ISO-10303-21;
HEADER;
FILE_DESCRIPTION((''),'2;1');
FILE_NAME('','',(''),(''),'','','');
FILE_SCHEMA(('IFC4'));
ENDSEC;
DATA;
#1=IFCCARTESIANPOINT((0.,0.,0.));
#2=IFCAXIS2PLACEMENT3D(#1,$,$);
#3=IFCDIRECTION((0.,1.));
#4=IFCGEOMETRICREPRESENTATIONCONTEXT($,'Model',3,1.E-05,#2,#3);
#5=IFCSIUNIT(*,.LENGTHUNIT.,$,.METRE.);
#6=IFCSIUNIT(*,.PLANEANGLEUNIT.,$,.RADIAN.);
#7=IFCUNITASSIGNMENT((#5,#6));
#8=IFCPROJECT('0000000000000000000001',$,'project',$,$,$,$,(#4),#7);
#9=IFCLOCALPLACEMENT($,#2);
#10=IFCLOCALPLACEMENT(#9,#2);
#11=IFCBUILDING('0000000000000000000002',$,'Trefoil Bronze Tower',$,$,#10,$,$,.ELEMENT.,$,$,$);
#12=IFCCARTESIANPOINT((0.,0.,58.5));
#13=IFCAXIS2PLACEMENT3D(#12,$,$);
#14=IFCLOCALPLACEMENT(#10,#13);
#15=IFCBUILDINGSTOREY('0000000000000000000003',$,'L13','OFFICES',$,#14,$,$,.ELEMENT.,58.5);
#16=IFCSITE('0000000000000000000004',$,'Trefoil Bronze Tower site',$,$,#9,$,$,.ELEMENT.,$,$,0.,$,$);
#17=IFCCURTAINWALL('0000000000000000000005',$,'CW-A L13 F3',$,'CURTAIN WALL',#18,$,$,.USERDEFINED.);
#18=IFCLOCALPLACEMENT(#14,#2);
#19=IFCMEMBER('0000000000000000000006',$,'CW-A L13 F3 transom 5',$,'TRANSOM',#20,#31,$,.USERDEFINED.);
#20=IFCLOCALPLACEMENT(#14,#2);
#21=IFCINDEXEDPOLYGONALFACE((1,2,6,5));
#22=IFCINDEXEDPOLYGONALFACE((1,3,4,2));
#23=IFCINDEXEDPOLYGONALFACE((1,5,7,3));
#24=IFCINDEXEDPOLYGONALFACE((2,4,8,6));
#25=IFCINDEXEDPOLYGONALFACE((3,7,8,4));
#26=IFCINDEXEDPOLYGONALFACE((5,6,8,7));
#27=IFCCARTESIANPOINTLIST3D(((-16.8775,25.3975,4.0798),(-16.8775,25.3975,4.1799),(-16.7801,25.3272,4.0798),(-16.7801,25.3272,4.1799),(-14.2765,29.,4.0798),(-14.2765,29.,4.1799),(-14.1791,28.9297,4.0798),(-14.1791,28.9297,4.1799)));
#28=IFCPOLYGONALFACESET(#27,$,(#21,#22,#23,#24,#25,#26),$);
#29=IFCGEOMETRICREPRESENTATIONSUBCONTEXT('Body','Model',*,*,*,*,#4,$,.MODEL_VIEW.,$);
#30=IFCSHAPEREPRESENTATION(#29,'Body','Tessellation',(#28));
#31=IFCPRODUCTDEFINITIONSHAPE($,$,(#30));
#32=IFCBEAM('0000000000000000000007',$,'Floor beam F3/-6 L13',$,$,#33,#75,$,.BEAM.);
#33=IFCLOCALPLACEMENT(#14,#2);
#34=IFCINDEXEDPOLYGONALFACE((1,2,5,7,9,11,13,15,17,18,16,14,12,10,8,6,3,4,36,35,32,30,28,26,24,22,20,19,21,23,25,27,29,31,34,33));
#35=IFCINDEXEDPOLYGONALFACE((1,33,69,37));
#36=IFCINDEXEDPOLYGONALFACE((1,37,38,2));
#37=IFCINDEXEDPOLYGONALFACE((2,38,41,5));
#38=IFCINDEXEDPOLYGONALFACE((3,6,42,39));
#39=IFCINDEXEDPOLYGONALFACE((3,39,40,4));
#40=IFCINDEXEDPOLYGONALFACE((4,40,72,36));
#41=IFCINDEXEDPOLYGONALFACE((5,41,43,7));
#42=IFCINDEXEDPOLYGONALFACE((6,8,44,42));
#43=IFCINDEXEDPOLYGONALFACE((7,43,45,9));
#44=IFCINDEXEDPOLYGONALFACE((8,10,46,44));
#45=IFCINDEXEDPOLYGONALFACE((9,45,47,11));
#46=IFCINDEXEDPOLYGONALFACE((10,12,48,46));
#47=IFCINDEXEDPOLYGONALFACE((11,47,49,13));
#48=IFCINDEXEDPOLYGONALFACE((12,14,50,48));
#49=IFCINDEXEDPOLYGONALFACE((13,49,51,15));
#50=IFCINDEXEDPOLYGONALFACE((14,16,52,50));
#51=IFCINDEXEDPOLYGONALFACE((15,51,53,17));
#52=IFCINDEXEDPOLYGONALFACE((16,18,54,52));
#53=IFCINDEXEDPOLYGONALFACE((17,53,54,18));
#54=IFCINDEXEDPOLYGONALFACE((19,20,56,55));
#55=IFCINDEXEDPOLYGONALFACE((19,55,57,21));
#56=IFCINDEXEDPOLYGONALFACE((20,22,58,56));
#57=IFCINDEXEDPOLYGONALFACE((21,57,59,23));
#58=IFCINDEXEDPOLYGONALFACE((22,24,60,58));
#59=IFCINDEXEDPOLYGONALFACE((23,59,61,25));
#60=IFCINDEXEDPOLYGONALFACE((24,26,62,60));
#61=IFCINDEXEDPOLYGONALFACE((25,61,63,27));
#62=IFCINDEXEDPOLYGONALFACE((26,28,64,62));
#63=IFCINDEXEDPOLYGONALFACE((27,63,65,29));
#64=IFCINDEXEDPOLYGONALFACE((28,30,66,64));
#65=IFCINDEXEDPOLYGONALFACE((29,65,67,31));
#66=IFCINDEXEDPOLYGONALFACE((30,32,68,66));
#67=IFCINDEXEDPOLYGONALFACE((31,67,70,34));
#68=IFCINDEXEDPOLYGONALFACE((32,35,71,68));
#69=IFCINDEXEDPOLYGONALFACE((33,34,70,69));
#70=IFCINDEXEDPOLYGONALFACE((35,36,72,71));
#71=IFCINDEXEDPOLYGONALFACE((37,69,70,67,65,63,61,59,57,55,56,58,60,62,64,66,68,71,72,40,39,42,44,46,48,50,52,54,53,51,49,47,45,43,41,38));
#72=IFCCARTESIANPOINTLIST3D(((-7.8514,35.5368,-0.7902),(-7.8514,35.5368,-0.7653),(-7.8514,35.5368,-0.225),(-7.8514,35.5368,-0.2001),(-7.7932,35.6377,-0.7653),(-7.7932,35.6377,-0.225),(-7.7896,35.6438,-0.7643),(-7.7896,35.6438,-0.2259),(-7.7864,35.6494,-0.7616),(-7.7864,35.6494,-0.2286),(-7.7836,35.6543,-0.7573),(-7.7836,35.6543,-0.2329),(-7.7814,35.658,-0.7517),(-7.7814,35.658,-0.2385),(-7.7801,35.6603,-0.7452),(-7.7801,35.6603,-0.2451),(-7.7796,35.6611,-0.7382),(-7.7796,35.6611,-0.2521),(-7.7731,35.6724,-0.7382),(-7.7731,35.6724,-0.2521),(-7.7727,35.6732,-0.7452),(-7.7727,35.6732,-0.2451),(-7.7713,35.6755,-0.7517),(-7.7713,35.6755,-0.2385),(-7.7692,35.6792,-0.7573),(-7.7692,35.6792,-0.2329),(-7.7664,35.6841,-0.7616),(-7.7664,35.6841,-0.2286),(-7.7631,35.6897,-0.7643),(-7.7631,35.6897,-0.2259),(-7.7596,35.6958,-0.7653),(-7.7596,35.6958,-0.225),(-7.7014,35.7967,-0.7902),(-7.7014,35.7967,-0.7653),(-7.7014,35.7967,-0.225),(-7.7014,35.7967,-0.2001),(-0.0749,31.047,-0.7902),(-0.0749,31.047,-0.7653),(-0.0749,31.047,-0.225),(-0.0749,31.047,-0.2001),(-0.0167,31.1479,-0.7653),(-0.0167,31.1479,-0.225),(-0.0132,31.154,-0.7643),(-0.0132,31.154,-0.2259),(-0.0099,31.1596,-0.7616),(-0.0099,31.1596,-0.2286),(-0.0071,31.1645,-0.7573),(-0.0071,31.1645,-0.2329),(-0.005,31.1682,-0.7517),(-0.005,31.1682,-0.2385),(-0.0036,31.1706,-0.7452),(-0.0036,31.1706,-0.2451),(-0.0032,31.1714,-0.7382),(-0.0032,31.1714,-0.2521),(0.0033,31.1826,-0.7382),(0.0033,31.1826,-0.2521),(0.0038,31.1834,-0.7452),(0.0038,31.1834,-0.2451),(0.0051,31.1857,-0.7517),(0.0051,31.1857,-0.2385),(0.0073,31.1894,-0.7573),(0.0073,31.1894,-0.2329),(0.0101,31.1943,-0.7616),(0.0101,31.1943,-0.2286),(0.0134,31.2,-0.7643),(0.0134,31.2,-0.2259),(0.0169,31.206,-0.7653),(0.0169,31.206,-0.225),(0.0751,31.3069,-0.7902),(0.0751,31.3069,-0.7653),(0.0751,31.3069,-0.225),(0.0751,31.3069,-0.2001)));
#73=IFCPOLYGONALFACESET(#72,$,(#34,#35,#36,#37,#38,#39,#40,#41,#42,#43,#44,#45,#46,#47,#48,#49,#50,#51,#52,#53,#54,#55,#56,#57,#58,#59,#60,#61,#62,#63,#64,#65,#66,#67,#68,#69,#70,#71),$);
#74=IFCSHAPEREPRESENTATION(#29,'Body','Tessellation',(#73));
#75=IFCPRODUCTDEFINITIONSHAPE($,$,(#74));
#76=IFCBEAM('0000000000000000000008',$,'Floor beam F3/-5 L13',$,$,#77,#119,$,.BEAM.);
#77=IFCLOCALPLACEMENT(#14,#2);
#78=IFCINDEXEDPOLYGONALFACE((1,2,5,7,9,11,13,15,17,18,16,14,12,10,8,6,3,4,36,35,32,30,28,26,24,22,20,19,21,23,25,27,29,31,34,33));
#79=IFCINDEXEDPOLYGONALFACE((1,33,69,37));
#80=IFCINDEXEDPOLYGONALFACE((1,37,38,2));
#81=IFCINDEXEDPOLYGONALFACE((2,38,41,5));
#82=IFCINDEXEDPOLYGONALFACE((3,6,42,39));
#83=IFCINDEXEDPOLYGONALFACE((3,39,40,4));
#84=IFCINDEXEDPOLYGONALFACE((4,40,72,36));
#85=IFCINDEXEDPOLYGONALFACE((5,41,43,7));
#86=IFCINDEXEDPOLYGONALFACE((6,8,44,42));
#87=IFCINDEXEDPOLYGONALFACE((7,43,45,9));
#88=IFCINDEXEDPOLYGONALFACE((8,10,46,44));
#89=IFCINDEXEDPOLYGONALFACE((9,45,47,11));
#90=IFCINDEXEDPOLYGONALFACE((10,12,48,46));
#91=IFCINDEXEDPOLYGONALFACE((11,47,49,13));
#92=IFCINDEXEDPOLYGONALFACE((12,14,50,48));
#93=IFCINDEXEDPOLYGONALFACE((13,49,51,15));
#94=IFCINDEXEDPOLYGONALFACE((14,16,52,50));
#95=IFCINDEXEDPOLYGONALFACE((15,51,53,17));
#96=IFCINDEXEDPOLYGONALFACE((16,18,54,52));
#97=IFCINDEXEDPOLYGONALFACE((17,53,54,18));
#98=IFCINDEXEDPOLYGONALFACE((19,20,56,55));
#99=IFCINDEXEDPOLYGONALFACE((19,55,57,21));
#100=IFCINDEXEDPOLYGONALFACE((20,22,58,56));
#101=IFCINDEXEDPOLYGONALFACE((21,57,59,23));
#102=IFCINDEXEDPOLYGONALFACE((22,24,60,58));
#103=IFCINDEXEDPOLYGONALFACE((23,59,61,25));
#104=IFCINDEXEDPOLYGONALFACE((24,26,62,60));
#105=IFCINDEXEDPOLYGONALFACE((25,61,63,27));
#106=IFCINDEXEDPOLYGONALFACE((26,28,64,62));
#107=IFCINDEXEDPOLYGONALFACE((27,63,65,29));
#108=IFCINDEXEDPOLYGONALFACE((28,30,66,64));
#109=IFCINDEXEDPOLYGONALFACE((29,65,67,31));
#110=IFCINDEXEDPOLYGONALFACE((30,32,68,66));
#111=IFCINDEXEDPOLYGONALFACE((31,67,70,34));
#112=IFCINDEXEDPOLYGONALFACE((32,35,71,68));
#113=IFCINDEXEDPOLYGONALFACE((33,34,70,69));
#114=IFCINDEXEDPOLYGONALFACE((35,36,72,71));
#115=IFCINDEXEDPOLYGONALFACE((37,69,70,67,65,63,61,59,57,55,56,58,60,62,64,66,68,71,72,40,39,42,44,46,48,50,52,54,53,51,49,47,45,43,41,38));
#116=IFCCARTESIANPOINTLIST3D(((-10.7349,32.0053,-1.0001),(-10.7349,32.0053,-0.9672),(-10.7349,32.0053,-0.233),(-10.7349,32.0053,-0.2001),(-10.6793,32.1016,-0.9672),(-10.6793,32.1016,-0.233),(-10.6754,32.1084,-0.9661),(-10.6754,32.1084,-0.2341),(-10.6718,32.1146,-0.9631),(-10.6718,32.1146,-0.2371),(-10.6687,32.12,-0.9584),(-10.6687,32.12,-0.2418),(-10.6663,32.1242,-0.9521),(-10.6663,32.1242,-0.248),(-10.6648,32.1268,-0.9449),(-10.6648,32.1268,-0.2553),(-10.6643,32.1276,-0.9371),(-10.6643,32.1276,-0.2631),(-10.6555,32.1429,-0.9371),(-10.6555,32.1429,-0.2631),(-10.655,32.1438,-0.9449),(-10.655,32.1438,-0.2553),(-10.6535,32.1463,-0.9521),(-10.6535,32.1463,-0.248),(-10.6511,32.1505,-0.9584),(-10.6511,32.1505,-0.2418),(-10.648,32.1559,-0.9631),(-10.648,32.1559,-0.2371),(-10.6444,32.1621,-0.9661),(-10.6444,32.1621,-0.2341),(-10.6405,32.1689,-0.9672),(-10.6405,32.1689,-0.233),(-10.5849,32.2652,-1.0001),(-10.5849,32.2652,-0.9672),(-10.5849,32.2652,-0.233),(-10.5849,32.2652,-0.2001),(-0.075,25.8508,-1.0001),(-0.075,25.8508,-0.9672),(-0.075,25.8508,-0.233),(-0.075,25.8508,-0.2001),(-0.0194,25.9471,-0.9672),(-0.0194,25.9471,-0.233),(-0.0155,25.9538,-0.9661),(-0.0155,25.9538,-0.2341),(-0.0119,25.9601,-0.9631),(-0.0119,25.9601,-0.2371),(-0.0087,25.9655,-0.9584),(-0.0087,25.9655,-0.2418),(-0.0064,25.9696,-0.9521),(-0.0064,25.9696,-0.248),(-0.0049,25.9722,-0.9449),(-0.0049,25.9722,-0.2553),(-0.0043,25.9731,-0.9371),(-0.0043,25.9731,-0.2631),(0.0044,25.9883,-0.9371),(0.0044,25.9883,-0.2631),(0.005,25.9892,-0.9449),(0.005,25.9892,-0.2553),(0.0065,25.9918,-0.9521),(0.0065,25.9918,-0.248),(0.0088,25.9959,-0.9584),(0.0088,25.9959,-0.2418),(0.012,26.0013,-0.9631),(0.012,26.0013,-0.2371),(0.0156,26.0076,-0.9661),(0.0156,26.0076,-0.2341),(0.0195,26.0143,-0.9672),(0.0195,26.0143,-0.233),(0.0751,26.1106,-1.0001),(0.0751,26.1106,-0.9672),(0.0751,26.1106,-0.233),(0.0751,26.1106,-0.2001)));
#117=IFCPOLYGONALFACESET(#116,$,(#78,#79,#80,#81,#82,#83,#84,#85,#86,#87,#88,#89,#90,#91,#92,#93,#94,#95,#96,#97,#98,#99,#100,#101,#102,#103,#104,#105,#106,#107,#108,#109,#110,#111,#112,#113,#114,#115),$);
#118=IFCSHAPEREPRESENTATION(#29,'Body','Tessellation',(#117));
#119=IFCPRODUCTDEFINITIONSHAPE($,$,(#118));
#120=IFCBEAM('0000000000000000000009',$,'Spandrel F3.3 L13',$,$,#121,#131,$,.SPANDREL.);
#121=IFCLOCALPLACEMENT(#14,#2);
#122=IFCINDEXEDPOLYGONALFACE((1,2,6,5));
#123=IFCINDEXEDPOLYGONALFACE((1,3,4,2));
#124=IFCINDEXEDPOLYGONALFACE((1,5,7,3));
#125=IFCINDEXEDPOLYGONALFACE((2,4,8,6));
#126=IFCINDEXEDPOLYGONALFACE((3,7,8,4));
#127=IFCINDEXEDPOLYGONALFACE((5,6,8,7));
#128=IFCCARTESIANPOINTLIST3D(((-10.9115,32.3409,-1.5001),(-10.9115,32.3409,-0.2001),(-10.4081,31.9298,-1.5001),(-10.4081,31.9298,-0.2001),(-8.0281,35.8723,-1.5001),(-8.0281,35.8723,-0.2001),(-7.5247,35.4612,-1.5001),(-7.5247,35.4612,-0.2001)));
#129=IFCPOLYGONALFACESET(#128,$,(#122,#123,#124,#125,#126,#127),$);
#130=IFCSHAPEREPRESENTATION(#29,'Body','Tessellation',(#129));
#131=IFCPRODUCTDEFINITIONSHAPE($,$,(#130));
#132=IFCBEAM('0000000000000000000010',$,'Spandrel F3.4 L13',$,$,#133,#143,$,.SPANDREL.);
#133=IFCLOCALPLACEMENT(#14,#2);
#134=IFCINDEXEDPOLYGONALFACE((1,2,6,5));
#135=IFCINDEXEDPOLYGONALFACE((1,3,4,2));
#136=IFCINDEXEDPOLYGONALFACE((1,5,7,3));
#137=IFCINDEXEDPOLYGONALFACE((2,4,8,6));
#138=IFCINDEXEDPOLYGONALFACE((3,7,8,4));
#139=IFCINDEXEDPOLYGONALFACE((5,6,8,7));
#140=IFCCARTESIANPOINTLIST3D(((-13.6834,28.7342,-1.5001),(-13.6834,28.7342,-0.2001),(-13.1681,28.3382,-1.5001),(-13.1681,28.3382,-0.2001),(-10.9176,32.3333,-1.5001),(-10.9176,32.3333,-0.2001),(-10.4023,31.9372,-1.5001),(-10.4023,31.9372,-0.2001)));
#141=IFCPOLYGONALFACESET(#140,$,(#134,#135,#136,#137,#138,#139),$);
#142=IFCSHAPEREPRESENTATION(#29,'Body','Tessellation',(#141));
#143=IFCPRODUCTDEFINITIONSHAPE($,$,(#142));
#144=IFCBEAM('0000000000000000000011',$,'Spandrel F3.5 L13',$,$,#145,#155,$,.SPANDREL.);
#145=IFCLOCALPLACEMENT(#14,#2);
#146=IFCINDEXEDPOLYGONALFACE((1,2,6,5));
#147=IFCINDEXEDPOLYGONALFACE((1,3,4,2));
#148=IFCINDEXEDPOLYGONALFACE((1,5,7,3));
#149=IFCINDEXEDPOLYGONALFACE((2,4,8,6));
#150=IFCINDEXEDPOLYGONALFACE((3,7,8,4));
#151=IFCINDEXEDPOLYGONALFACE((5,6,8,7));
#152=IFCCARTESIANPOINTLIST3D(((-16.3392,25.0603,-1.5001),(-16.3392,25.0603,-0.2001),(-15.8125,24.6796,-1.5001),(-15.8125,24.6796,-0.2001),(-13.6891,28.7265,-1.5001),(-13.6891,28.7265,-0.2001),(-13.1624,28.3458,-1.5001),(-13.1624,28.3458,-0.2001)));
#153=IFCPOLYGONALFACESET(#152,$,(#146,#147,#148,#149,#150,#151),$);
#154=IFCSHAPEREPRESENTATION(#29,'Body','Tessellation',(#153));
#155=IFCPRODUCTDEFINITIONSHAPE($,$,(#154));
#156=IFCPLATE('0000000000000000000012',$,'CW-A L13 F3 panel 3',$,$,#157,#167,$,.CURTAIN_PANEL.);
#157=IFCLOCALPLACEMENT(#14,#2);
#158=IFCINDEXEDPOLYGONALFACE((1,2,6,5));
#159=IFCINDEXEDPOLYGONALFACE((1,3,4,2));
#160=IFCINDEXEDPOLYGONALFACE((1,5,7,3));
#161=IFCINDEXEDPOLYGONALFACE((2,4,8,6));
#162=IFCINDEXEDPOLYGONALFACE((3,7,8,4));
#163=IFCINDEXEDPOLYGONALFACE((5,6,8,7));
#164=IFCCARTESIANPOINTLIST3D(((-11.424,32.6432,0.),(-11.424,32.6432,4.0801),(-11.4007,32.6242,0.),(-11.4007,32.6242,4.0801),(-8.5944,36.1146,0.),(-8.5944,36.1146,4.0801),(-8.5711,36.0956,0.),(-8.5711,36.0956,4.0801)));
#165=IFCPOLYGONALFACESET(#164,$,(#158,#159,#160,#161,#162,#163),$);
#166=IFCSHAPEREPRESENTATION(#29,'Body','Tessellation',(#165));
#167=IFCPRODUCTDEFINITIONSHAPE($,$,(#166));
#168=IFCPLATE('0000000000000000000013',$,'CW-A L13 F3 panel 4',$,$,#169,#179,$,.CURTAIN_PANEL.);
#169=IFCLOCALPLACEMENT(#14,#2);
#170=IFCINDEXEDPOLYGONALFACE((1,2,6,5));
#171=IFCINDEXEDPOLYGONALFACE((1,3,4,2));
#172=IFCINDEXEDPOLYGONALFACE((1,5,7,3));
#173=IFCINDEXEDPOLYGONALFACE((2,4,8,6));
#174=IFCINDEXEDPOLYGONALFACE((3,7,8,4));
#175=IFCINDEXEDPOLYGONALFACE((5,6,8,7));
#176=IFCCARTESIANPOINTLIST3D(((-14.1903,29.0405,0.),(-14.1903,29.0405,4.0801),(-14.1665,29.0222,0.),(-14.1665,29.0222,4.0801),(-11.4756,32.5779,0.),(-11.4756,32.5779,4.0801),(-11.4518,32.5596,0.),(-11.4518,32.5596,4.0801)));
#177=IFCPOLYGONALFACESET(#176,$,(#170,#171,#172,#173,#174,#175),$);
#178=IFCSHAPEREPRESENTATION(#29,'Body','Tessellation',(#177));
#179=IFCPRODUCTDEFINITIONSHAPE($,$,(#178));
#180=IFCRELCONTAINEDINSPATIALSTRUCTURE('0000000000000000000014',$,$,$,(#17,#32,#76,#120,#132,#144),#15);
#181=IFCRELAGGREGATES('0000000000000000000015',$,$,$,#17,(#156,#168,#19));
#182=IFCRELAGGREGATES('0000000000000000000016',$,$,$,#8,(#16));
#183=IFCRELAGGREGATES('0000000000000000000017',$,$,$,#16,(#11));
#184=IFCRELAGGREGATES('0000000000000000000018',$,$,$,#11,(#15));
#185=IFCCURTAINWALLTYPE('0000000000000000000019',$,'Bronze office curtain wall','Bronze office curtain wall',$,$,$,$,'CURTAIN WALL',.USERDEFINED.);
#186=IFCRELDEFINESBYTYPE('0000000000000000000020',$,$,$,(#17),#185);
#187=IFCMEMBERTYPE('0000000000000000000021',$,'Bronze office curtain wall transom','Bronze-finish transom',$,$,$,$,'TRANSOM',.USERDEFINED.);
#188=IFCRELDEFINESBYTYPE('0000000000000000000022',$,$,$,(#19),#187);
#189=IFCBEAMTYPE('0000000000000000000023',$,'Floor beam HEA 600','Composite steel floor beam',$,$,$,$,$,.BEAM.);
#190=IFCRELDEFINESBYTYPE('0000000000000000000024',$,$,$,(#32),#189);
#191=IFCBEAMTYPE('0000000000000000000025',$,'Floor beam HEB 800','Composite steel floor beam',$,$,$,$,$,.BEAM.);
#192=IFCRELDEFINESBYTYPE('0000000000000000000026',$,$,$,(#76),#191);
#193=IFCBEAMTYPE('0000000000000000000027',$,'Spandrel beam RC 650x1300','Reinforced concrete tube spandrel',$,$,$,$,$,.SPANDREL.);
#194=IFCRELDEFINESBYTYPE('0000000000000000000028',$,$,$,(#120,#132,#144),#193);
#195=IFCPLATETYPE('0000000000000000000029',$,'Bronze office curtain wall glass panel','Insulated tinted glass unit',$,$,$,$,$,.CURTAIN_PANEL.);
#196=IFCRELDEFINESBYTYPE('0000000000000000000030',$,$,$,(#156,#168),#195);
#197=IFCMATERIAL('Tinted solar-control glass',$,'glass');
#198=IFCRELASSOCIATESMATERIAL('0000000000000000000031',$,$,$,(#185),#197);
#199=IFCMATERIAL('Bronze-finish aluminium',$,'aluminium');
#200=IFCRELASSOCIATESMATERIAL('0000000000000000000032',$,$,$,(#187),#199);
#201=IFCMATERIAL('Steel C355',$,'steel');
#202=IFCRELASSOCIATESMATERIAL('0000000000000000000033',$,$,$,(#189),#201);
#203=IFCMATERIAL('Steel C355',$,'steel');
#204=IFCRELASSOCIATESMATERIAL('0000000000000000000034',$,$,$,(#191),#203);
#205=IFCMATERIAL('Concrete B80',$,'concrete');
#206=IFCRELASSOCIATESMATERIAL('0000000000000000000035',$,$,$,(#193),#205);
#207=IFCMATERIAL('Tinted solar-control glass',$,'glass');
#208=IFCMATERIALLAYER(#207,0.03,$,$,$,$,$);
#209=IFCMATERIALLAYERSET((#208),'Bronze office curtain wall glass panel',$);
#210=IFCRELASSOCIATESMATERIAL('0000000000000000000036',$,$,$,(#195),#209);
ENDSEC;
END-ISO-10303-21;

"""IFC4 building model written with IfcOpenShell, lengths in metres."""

from ifc_helpers import new_model, si_unit, direction, frame, origin, origin_2d, place, context, subcontext, project, spatial, rectangle, i_section, extrude, material, layer, layer_set, material_profile, profile_set, type_object, element, aggregate, save


model = new_model("IFC4")

# Units and contexts
model_context = context("Model", 3, precision=1e-05, world=origin(), true_north=direction((0.0, 1.0)))
body_context = subcontext(model_context, "Body", "Model", "MODEL_VIEW")
ifc_project = project(units=[si_unit("LENGTHUNIT", "METRE"), si_unit("PLANEANGLEUNIT", "RADIAN")], contexts=[model_context])

# Site, building, storey
site_placement = place(None, origin())
site = spatial("IfcSite", under=ifc_project, at=site_placement, Name="Trefoil Bronze Tower site", CompositionType="ELEMENT", RefElevation=0.0)
building_placement = place(site_placement, origin())
building = spatial("IfcBuilding", under=site, at=building_placement, Name="Trefoil Bronze Tower", CompositionType="ELEMENT")
storey_placement = place(building_placement, frame((0.0, 0.0, 58.5)))
storey = spatial("IfcBuildingStorey", under=building, at=storey_placement, Name="L13", Description="OFFICES", CompositionType="ELEMENT", Elevation=58.5)

# Curtain wall, member
ifc_material_1 = material(Name="Tinted solar-control glass", Category="glass")
curtain_wall_type = type_object("IfcCurtainWallType", Name="Bronze office curtain wall", Description="Bronze office curtain wall", ElementType="CURTAIN WALL", PredefinedType="USERDEFINED", material=ifc_material_1)
curtain_wall_placement = place(storey_placement, origin())
curtain_wall = element("IfcCurtainWall", 1, at=curtain_wall_placement, inside=storey, type_object=curtain_wall_type, Name="CW-A L13 F3", ObjectType="CURTAIN WALL", PredefinedType="USERDEFINED")
ifc_material_2 = material(Name="Bronze-finish aluminium", Category="aluminium")
ifc_material_profile_1 = material_profile(ifc_material_2, rectangle(XDim=0.1201, YDim=0.1001, at=origin_2d()), Name="CW-A transom")
ifc_profile_set_1 = profile_set([ifc_material_profile_1], Name="Bronze-finish aluminium")
member_type_1 = type_object("IfcMemberType", Name="Bronze office curtain wall transom", Description="Bronze-finish transom", ElementType="TRANSOM", PredefinedType="USERDEFINED", material=ifc_profile_set_1)
member_1_placement = place(storey_placement, frame((-14.2278, 28.9648, 4.1299), z_axis=(-0.585378, -0.81076, 0.0), x_axis=(0.81076, -0.585378, 0.0)))
member_1 = element("IfcMember", 2, at=member_1_placement, type_object=member_type_1, Name="CW-A L13 F3 transom 5", ObjectType="TRANSOM", PredefinedType="USERDEFINED", context=body_context, shape_type="SweptSolid", body=[
    extrude(rectangle(XDim=0.1201, YDim=0.1001, at=origin_2d()), origin(), (0.0, 0.0, 1.0), 4.4434),
])

# Beams
ifc_material_3 = material(Name="Steel C355", Category="steel")
ifc_material_profile_2 = material_profile(ifc_material_3, i_section(OverallWidth=0.3, OverallDepth=0.5901, WebThickness=0.0129, FlangeThickness=0.0249, FilletRadius=0.0271, at=origin_2d()), Name="HEA 600")
ifc_profile_set_2 = profile_set([ifc_material_profile_2], Name="Steel C355")
beam_type_1 = type_object("IfcBeamType", Name="Floor beam HEA 600", Description="Composite steel floor beam", PredefinedType="BEAM", material=ifc_profile_set_2)
beam_1_placement = place(storey_placement, frame((-7.7764, 35.6667, -0.4951), z_axis=(0.866023, -0.500005, 0.0), x_axis=(0.500005, 0.866023, 0.0)))
element("IfcBeam", 3, at=beam_1_placement, inside=storey, type_object=beam_type_1, Name="Floor beam F3/-6 L13", PredefinedType="BEAM", context=body_context, shape_type="SweptSolid", body=[
    extrude(i_section(OverallWidth=0.3, OverallDepth=0.5901, WebThickness=0.0129, FlangeThickness=0.0249, FilletRadius=0.0271, at=origin_2d()), origin(), (0.0, 0.0, 1.0), 8.9795),
])
ifc_material_4 = material(Name="Steel C355", Category="steel")
ifc_material_profile_3 = material_profile(ifc_material_4, i_section(OverallWidth=0.3, OverallDepth=0.8, WebThickness=0.0176, FlangeThickness=0.033, FilletRadius=0.03, at=origin_2d()), Name="HEB 800")
ifc_profile_set_3 = profile_set([ifc_material_profile_3], Name="Steel C355")
beam_type_2 = type_object("IfcBeamType", Name="Floor beam HEB 800", Description="Composite steel floor beam", PredefinedType="BEAM", material=ifc_profile_set_3)
beam_2_placement = place(storey_placement, frame((-10.6599, 32.1353, -0.6001), z_axis=(0.866024, -0.500002, 0.0), x_axis=(0.500002, 0.866024, 0.0)))
element("IfcBeam", 4, at=beam_2_placement, inside=storey, type_object=beam_type_2, Name="Floor beam F3/-5 L13", PredefinedType="BEAM", context=body_context, shape_type="SweptSolid", body=[
    extrude(i_section(OverallWidth=0.3, OverallDepth=0.8, WebThickness=0.0176, FlangeThickness=0.033, FilletRadius=0.03, at=origin_2d()), origin(), (0.0, 0.0, 1.0), 12.3091),
])
ifc_material_5 = material(Name="Concrete B80", Category="concrete")
ifc_material_profile_4 = material_profile(ifc_material_5, rectangle(XDim=0.6499, YDim=1.3, at=origin_2d()), Name="RC 650x1300")
ifc_profile_set_4 = profile_set([ifc_material_profile_4], Name="Concrete B80")
beam_type_3 = type_object("IfcBeamType", Name="Spandrel beam RC 650x1300", Description="Reinforced concrete tube spandrel", PredefinedType="SPANDREL", material=ifc_profile_set_4)
beam_3_placement = place(storey_placement, frame((-7.7764, 35.6667, -0.8501), z_axis=(-0.632468, -0.774587, 0.0), x_axis=(0.774587, -0.632468, 0.0)))
element("IfcBeam", 5, at=beam_3_placement, inside=storey, type_object=beam_type_3, Name="Spandrel F3.3 L13", PredefinedType="SPANDREL", context=body_context, shape_type="SweptSolid", body=[
    extrude(rectangle(XDim=0.6499, YDim=1.3, at=origin_2d()), origin(), (0.0, 0.0, 1.0), 4.5591),
])
beam_4_placement = place(storey_placement, frame((-10.6599, 32.1353, -0.8501), z_axis=(-0.609339, -0.79291, 0.0), x_axis=(0.79291, -0.609339, 0.0)))
element("IfcBeam", 6, at=beam_4_placement, inside=storey, type_object=beam_type_3, Name="Spandrel F3.4 L13", PredefinedType="SPANDREL", context=body_context, shape_type="SweptSolid", body=[
    extrude(rectangle(XDim=0.6499, YDim=1.3, at=origin_2d()), origin(), (0.0, 0.0, 1.0), 4.5391),
])
beam_5_placement = place(storey_placement, frame((-13.4258, 28.5361, -0.8501), z_axis=(-0.585824, -0.810439, 0.0), x_axis=(0.810439, -0.585824, 0.0)))
element("IfcBeam", 7, at=beam_5_placement, inside=storey, type_object=beam_type_3, Name="Spandrel F3.5 L13", PredefinedType="SPANDREL", context=body_context, shape_type="SweptSolid", body=[
    extrude(rectangle(XDim=0.6499, YDim=1.3, at=origin_2d()), origin(), (0.0, 0.0, 1.0), 4.5237),
])

# Plates
ifc_material_6 = material(Name="Tinted solar-control glass", Category="glass")
ifc_layer_1 = layer(ifc_material_6, 0.03)
ifc_layer_set_1 = layer_set([ifc_layer_1], Name="Bronze office curtain wall glass panel")
plate_type = type_object("IfcPlateType", Name="Bronze office curtain wall glass panel", Description="Insulated tinted glass unit", PredefinedType="CURTAIN_PANEL", material=ifc_layer_set_1)
plate_1_placement = place(storey_placement, frame((-9.9976, 34.3694, 0.0), z_axis=(0.0, 0.0, 1.0), x_axis=(-0.631811, -0.775123, 0.0)))
plate_1 = element("IfcPlate", 8, at=plate_1_placement, type_object=plate_type, Name="CW-A L13 F3 panel 3", PredefinedType="CURTAIN_PANEL", context=body_context, shape_type="SweptSolid", body=[
    extrude(rectangle(XDim=4.4785, YDim=0.03, at=origin_2d()), origin(), (0.0, 0.0, 1.0), 4.0801),
])
plate_2_placement = place(storey_placement, frame((-12.821, 30.8, 0.0), z_axis=(0.0, 0.0, 1.0), x_axis=(-0.608808, -0.793318, 0.0)))
plate_2 = element("IfcPlate", 9, at=plate_2_placement, type_object=plate_type, Name="CW-A L13 F3 panel 4", PredefinedType="CURTAIN_PANEL", context=body_context, shape_type="SweptSolid", body=[
    extrude(rectangle(XDim=4.459, YDim=0.03, at=origin_2d()), origin(), (0.0, 0.0, 1.0), 4.0801),
])
aggregate(curtain_wall, [plate_1, plate_2, member_1])

save(model, "model.ifc")
